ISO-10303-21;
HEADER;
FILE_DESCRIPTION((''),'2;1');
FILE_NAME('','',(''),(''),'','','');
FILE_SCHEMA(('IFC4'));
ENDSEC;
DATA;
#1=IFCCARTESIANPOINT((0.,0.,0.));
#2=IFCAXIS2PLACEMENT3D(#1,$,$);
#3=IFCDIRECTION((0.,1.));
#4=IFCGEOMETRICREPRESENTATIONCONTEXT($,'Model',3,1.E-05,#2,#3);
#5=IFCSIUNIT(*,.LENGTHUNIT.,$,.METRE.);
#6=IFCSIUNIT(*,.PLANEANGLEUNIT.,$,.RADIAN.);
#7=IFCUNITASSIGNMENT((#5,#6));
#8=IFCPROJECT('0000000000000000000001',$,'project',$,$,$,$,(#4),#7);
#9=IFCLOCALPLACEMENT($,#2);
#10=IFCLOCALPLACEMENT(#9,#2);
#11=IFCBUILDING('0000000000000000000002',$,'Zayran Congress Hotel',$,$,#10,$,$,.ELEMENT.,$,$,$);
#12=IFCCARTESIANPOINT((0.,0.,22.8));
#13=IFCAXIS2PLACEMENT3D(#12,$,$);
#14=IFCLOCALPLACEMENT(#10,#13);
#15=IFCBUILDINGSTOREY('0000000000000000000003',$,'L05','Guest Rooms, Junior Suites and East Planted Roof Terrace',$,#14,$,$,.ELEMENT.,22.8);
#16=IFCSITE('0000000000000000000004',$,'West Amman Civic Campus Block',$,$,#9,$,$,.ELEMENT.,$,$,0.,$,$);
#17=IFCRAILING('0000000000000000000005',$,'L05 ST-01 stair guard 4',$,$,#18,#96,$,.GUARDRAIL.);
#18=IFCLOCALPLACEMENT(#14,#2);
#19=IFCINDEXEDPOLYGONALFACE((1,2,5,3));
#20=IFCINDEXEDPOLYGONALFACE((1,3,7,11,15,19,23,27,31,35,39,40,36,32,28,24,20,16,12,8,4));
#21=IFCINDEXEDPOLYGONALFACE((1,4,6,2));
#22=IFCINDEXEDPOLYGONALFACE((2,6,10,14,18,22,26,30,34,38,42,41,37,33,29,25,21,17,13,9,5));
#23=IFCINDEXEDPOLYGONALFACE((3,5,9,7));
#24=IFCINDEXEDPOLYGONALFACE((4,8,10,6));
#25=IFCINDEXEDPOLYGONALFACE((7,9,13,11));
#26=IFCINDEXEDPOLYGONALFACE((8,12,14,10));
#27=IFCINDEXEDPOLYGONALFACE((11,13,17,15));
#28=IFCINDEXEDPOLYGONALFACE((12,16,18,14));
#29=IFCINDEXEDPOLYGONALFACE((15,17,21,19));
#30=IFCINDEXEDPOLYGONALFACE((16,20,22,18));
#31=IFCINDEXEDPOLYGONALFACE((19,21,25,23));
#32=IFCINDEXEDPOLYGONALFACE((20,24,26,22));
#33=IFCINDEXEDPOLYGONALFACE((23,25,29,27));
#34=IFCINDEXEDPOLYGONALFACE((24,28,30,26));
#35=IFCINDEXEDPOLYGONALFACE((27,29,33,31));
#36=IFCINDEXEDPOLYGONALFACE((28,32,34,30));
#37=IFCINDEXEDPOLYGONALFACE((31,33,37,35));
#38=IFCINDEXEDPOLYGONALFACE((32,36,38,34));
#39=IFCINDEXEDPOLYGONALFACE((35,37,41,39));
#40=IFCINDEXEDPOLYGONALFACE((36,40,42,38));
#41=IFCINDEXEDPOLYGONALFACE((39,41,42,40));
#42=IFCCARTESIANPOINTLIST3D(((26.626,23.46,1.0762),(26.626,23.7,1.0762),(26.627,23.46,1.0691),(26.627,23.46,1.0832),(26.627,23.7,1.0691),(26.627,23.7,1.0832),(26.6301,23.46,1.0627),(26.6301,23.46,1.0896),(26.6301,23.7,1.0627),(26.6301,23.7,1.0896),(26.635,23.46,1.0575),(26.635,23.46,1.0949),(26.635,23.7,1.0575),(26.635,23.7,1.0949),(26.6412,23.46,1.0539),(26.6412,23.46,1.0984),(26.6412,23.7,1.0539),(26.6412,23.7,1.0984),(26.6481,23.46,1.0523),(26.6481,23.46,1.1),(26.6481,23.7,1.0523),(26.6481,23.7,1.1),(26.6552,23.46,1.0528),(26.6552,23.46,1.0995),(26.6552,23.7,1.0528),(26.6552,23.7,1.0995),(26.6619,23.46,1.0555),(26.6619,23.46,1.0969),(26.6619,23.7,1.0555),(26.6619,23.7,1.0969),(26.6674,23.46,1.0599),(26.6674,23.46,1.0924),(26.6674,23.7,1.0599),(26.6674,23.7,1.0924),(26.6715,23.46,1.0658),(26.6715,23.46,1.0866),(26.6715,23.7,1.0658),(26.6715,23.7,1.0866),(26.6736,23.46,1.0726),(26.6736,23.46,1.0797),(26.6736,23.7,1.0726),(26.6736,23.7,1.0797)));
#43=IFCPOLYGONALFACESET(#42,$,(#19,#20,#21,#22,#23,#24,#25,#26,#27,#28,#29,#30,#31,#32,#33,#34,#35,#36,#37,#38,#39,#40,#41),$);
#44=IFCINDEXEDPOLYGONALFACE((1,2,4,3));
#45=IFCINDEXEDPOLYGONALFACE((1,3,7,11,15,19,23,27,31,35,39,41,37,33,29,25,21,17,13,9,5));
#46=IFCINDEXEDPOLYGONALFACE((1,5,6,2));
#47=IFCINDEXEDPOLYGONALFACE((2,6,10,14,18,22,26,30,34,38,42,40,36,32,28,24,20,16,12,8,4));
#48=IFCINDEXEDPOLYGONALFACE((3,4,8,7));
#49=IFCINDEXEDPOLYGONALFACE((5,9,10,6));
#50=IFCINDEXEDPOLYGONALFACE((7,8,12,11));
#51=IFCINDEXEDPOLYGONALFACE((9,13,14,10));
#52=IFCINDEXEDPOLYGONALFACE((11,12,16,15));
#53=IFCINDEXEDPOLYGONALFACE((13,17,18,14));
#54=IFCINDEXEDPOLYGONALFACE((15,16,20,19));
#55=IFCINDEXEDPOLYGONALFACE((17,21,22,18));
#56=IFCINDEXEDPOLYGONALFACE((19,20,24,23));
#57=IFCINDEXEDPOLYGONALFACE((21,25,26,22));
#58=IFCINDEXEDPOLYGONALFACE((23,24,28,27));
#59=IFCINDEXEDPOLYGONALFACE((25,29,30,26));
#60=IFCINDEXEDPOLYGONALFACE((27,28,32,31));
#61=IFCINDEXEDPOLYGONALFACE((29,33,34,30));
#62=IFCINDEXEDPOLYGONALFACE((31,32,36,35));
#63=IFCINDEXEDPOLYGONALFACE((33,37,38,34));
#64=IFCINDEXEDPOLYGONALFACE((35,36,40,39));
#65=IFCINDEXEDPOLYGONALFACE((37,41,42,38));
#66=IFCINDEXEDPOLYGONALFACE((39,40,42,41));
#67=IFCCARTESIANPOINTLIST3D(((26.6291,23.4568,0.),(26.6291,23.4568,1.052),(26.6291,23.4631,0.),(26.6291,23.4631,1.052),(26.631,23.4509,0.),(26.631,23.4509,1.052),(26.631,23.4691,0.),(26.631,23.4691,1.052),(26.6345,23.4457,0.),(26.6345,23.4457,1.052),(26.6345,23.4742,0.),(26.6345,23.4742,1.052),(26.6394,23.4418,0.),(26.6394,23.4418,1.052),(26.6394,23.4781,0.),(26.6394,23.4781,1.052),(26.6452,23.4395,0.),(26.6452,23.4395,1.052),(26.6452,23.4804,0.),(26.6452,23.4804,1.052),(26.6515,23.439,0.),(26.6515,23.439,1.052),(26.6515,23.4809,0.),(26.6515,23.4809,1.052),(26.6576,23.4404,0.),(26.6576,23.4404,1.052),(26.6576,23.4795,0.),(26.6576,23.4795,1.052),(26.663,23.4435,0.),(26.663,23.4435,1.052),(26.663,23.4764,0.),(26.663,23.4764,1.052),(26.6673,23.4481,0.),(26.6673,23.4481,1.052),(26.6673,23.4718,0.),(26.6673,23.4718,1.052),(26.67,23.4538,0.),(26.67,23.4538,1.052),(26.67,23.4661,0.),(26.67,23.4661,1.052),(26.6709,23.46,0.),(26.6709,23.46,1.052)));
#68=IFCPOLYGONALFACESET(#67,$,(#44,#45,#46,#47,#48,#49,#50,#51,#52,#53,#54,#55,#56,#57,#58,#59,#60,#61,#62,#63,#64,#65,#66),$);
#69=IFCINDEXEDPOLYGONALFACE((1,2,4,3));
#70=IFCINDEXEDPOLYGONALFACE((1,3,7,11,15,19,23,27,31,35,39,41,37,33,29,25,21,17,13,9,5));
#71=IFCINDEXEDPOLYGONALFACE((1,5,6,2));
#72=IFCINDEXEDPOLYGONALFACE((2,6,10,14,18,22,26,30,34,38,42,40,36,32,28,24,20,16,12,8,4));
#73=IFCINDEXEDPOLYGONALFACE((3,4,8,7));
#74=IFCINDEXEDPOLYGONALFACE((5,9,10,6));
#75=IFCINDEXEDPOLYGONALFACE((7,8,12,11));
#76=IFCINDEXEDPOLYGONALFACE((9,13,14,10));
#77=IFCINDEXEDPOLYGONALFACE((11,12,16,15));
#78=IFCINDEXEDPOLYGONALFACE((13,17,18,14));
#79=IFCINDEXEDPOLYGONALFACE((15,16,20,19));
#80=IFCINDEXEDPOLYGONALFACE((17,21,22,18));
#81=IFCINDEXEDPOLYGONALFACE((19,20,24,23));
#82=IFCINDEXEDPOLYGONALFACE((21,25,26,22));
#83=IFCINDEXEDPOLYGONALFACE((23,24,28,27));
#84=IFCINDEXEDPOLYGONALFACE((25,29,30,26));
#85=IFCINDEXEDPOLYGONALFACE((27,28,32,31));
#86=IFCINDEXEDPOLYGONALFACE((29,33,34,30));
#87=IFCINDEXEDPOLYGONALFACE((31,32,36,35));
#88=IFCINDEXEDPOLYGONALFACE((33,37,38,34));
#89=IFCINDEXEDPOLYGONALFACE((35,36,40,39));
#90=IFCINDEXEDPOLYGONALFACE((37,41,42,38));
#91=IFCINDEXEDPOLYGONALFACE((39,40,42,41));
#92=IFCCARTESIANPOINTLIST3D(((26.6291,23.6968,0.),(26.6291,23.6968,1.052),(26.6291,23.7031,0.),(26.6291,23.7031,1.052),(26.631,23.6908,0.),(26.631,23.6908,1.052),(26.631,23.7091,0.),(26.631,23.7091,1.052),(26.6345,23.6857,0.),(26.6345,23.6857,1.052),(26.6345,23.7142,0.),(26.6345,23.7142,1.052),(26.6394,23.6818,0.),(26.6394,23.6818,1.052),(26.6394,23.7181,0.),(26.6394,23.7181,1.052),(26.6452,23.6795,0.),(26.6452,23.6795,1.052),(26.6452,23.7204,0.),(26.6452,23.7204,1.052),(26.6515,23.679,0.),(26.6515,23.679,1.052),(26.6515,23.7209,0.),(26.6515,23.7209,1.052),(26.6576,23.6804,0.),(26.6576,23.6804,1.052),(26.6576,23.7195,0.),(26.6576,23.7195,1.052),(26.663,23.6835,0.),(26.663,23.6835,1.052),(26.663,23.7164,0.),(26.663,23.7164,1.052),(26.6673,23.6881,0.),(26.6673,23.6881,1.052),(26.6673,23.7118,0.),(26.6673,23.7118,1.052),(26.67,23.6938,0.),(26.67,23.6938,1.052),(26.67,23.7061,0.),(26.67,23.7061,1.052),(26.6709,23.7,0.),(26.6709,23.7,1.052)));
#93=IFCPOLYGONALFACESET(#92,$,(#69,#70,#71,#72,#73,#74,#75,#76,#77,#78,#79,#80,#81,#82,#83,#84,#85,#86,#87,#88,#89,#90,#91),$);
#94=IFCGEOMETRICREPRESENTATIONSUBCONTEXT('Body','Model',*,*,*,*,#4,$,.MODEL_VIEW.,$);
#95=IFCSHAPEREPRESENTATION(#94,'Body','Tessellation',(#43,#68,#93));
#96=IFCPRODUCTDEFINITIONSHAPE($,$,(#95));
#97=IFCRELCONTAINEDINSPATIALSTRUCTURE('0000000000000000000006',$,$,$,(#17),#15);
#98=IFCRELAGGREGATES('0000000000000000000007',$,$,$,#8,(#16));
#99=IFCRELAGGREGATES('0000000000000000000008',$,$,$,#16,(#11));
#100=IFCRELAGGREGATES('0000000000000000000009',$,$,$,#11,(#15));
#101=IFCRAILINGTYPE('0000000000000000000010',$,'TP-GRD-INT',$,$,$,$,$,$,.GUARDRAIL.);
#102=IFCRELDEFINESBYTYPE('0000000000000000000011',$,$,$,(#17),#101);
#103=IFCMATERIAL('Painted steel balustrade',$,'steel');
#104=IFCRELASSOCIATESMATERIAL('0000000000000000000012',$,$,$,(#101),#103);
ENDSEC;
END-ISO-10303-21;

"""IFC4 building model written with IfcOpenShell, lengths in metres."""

from ifc_helpers import new_model, si_unit, direction, frame, origin, origin_2d, place, context, subcontext, project, spatial, circle, extrude, material, type_object, element, save


model = new_model("IFC4")

# Units and contexts
model_context = context("Model", 3, precision=1e-05, world=origin(), true_north=direction((0.0, 1.0)))
body_context = subcontext(model_context, "Body", "Model", "MODEL_VIEW")
ifc_project = project(units=[si_unit("LENGTHUNIT", "METRE"), si_unit("PLANEANGLEUNIT", "RADIAN")], contexts=[model_context])

# Site, building, storey
site_placement = place(None, origin())
site = spatial("IfcSite", under=ifc_project, at=site_placement, Name="West Amman Civic Campus Block", CompositionType="ELEMENT", RefElevation=0.0)
building_placement = place(site_placement, origin())
building = spatial("IfcBuilding", under=site, at=building_placement, Name="Zayran Congress Hotel", CompositionType="ELEMENT")
storey_placement = place(building_placement, frame((0.0, 0.0, 22.8)))
storey = spatial("IfcBuildingStorey", under=building, at=storey_placement, Name="L05", Description="Guest Rooms, Junior Suites and East Planted Roof Terrace", CompositionType="ELEMENT", Elevation=22.8)

# Railing
ifc_material_1 = material(Name="Painted steel balustrade", Category="steel")
railing_type_1 = type_object("IfcRailingType", Name="TP-GRD-INT", PredefinedType="GUARDRAIL", material=ifc_material_1)
railing_1_placement = place(storey_placement, frame((26.6499, 23.46, 0.0)))
element("IfcRailing", 1, at=railing_1_placement, inside=storey, type_object=railing_type_1, Name="L05 ST-01 stair guard 4", PredefinedType="GUARDRAIL", context=body_context, shape_type="SweptSolid", body=[
    extrude(circle(Radius=0.0239, at=origin_2d()), frame((0.0, 0.0, 1.0762), z_axis=(0.0, 1.0, 0.0), x_axis=(-1.0, 0.0, 0.0)), (0.0, 0.0, 1.0), 0.24),
    extrude(circle(Radius=0.021, at=origin_2d()), origin(), (0.0, 0.0, 1.0), 1.052),
    extrude(circle(Radius=0.021, at=origin_2d()), frame((0.0, 0.24, 0.0)), (0.0, 0.0, 1.0), 1.052),
])

save(model, "model.ifc")
